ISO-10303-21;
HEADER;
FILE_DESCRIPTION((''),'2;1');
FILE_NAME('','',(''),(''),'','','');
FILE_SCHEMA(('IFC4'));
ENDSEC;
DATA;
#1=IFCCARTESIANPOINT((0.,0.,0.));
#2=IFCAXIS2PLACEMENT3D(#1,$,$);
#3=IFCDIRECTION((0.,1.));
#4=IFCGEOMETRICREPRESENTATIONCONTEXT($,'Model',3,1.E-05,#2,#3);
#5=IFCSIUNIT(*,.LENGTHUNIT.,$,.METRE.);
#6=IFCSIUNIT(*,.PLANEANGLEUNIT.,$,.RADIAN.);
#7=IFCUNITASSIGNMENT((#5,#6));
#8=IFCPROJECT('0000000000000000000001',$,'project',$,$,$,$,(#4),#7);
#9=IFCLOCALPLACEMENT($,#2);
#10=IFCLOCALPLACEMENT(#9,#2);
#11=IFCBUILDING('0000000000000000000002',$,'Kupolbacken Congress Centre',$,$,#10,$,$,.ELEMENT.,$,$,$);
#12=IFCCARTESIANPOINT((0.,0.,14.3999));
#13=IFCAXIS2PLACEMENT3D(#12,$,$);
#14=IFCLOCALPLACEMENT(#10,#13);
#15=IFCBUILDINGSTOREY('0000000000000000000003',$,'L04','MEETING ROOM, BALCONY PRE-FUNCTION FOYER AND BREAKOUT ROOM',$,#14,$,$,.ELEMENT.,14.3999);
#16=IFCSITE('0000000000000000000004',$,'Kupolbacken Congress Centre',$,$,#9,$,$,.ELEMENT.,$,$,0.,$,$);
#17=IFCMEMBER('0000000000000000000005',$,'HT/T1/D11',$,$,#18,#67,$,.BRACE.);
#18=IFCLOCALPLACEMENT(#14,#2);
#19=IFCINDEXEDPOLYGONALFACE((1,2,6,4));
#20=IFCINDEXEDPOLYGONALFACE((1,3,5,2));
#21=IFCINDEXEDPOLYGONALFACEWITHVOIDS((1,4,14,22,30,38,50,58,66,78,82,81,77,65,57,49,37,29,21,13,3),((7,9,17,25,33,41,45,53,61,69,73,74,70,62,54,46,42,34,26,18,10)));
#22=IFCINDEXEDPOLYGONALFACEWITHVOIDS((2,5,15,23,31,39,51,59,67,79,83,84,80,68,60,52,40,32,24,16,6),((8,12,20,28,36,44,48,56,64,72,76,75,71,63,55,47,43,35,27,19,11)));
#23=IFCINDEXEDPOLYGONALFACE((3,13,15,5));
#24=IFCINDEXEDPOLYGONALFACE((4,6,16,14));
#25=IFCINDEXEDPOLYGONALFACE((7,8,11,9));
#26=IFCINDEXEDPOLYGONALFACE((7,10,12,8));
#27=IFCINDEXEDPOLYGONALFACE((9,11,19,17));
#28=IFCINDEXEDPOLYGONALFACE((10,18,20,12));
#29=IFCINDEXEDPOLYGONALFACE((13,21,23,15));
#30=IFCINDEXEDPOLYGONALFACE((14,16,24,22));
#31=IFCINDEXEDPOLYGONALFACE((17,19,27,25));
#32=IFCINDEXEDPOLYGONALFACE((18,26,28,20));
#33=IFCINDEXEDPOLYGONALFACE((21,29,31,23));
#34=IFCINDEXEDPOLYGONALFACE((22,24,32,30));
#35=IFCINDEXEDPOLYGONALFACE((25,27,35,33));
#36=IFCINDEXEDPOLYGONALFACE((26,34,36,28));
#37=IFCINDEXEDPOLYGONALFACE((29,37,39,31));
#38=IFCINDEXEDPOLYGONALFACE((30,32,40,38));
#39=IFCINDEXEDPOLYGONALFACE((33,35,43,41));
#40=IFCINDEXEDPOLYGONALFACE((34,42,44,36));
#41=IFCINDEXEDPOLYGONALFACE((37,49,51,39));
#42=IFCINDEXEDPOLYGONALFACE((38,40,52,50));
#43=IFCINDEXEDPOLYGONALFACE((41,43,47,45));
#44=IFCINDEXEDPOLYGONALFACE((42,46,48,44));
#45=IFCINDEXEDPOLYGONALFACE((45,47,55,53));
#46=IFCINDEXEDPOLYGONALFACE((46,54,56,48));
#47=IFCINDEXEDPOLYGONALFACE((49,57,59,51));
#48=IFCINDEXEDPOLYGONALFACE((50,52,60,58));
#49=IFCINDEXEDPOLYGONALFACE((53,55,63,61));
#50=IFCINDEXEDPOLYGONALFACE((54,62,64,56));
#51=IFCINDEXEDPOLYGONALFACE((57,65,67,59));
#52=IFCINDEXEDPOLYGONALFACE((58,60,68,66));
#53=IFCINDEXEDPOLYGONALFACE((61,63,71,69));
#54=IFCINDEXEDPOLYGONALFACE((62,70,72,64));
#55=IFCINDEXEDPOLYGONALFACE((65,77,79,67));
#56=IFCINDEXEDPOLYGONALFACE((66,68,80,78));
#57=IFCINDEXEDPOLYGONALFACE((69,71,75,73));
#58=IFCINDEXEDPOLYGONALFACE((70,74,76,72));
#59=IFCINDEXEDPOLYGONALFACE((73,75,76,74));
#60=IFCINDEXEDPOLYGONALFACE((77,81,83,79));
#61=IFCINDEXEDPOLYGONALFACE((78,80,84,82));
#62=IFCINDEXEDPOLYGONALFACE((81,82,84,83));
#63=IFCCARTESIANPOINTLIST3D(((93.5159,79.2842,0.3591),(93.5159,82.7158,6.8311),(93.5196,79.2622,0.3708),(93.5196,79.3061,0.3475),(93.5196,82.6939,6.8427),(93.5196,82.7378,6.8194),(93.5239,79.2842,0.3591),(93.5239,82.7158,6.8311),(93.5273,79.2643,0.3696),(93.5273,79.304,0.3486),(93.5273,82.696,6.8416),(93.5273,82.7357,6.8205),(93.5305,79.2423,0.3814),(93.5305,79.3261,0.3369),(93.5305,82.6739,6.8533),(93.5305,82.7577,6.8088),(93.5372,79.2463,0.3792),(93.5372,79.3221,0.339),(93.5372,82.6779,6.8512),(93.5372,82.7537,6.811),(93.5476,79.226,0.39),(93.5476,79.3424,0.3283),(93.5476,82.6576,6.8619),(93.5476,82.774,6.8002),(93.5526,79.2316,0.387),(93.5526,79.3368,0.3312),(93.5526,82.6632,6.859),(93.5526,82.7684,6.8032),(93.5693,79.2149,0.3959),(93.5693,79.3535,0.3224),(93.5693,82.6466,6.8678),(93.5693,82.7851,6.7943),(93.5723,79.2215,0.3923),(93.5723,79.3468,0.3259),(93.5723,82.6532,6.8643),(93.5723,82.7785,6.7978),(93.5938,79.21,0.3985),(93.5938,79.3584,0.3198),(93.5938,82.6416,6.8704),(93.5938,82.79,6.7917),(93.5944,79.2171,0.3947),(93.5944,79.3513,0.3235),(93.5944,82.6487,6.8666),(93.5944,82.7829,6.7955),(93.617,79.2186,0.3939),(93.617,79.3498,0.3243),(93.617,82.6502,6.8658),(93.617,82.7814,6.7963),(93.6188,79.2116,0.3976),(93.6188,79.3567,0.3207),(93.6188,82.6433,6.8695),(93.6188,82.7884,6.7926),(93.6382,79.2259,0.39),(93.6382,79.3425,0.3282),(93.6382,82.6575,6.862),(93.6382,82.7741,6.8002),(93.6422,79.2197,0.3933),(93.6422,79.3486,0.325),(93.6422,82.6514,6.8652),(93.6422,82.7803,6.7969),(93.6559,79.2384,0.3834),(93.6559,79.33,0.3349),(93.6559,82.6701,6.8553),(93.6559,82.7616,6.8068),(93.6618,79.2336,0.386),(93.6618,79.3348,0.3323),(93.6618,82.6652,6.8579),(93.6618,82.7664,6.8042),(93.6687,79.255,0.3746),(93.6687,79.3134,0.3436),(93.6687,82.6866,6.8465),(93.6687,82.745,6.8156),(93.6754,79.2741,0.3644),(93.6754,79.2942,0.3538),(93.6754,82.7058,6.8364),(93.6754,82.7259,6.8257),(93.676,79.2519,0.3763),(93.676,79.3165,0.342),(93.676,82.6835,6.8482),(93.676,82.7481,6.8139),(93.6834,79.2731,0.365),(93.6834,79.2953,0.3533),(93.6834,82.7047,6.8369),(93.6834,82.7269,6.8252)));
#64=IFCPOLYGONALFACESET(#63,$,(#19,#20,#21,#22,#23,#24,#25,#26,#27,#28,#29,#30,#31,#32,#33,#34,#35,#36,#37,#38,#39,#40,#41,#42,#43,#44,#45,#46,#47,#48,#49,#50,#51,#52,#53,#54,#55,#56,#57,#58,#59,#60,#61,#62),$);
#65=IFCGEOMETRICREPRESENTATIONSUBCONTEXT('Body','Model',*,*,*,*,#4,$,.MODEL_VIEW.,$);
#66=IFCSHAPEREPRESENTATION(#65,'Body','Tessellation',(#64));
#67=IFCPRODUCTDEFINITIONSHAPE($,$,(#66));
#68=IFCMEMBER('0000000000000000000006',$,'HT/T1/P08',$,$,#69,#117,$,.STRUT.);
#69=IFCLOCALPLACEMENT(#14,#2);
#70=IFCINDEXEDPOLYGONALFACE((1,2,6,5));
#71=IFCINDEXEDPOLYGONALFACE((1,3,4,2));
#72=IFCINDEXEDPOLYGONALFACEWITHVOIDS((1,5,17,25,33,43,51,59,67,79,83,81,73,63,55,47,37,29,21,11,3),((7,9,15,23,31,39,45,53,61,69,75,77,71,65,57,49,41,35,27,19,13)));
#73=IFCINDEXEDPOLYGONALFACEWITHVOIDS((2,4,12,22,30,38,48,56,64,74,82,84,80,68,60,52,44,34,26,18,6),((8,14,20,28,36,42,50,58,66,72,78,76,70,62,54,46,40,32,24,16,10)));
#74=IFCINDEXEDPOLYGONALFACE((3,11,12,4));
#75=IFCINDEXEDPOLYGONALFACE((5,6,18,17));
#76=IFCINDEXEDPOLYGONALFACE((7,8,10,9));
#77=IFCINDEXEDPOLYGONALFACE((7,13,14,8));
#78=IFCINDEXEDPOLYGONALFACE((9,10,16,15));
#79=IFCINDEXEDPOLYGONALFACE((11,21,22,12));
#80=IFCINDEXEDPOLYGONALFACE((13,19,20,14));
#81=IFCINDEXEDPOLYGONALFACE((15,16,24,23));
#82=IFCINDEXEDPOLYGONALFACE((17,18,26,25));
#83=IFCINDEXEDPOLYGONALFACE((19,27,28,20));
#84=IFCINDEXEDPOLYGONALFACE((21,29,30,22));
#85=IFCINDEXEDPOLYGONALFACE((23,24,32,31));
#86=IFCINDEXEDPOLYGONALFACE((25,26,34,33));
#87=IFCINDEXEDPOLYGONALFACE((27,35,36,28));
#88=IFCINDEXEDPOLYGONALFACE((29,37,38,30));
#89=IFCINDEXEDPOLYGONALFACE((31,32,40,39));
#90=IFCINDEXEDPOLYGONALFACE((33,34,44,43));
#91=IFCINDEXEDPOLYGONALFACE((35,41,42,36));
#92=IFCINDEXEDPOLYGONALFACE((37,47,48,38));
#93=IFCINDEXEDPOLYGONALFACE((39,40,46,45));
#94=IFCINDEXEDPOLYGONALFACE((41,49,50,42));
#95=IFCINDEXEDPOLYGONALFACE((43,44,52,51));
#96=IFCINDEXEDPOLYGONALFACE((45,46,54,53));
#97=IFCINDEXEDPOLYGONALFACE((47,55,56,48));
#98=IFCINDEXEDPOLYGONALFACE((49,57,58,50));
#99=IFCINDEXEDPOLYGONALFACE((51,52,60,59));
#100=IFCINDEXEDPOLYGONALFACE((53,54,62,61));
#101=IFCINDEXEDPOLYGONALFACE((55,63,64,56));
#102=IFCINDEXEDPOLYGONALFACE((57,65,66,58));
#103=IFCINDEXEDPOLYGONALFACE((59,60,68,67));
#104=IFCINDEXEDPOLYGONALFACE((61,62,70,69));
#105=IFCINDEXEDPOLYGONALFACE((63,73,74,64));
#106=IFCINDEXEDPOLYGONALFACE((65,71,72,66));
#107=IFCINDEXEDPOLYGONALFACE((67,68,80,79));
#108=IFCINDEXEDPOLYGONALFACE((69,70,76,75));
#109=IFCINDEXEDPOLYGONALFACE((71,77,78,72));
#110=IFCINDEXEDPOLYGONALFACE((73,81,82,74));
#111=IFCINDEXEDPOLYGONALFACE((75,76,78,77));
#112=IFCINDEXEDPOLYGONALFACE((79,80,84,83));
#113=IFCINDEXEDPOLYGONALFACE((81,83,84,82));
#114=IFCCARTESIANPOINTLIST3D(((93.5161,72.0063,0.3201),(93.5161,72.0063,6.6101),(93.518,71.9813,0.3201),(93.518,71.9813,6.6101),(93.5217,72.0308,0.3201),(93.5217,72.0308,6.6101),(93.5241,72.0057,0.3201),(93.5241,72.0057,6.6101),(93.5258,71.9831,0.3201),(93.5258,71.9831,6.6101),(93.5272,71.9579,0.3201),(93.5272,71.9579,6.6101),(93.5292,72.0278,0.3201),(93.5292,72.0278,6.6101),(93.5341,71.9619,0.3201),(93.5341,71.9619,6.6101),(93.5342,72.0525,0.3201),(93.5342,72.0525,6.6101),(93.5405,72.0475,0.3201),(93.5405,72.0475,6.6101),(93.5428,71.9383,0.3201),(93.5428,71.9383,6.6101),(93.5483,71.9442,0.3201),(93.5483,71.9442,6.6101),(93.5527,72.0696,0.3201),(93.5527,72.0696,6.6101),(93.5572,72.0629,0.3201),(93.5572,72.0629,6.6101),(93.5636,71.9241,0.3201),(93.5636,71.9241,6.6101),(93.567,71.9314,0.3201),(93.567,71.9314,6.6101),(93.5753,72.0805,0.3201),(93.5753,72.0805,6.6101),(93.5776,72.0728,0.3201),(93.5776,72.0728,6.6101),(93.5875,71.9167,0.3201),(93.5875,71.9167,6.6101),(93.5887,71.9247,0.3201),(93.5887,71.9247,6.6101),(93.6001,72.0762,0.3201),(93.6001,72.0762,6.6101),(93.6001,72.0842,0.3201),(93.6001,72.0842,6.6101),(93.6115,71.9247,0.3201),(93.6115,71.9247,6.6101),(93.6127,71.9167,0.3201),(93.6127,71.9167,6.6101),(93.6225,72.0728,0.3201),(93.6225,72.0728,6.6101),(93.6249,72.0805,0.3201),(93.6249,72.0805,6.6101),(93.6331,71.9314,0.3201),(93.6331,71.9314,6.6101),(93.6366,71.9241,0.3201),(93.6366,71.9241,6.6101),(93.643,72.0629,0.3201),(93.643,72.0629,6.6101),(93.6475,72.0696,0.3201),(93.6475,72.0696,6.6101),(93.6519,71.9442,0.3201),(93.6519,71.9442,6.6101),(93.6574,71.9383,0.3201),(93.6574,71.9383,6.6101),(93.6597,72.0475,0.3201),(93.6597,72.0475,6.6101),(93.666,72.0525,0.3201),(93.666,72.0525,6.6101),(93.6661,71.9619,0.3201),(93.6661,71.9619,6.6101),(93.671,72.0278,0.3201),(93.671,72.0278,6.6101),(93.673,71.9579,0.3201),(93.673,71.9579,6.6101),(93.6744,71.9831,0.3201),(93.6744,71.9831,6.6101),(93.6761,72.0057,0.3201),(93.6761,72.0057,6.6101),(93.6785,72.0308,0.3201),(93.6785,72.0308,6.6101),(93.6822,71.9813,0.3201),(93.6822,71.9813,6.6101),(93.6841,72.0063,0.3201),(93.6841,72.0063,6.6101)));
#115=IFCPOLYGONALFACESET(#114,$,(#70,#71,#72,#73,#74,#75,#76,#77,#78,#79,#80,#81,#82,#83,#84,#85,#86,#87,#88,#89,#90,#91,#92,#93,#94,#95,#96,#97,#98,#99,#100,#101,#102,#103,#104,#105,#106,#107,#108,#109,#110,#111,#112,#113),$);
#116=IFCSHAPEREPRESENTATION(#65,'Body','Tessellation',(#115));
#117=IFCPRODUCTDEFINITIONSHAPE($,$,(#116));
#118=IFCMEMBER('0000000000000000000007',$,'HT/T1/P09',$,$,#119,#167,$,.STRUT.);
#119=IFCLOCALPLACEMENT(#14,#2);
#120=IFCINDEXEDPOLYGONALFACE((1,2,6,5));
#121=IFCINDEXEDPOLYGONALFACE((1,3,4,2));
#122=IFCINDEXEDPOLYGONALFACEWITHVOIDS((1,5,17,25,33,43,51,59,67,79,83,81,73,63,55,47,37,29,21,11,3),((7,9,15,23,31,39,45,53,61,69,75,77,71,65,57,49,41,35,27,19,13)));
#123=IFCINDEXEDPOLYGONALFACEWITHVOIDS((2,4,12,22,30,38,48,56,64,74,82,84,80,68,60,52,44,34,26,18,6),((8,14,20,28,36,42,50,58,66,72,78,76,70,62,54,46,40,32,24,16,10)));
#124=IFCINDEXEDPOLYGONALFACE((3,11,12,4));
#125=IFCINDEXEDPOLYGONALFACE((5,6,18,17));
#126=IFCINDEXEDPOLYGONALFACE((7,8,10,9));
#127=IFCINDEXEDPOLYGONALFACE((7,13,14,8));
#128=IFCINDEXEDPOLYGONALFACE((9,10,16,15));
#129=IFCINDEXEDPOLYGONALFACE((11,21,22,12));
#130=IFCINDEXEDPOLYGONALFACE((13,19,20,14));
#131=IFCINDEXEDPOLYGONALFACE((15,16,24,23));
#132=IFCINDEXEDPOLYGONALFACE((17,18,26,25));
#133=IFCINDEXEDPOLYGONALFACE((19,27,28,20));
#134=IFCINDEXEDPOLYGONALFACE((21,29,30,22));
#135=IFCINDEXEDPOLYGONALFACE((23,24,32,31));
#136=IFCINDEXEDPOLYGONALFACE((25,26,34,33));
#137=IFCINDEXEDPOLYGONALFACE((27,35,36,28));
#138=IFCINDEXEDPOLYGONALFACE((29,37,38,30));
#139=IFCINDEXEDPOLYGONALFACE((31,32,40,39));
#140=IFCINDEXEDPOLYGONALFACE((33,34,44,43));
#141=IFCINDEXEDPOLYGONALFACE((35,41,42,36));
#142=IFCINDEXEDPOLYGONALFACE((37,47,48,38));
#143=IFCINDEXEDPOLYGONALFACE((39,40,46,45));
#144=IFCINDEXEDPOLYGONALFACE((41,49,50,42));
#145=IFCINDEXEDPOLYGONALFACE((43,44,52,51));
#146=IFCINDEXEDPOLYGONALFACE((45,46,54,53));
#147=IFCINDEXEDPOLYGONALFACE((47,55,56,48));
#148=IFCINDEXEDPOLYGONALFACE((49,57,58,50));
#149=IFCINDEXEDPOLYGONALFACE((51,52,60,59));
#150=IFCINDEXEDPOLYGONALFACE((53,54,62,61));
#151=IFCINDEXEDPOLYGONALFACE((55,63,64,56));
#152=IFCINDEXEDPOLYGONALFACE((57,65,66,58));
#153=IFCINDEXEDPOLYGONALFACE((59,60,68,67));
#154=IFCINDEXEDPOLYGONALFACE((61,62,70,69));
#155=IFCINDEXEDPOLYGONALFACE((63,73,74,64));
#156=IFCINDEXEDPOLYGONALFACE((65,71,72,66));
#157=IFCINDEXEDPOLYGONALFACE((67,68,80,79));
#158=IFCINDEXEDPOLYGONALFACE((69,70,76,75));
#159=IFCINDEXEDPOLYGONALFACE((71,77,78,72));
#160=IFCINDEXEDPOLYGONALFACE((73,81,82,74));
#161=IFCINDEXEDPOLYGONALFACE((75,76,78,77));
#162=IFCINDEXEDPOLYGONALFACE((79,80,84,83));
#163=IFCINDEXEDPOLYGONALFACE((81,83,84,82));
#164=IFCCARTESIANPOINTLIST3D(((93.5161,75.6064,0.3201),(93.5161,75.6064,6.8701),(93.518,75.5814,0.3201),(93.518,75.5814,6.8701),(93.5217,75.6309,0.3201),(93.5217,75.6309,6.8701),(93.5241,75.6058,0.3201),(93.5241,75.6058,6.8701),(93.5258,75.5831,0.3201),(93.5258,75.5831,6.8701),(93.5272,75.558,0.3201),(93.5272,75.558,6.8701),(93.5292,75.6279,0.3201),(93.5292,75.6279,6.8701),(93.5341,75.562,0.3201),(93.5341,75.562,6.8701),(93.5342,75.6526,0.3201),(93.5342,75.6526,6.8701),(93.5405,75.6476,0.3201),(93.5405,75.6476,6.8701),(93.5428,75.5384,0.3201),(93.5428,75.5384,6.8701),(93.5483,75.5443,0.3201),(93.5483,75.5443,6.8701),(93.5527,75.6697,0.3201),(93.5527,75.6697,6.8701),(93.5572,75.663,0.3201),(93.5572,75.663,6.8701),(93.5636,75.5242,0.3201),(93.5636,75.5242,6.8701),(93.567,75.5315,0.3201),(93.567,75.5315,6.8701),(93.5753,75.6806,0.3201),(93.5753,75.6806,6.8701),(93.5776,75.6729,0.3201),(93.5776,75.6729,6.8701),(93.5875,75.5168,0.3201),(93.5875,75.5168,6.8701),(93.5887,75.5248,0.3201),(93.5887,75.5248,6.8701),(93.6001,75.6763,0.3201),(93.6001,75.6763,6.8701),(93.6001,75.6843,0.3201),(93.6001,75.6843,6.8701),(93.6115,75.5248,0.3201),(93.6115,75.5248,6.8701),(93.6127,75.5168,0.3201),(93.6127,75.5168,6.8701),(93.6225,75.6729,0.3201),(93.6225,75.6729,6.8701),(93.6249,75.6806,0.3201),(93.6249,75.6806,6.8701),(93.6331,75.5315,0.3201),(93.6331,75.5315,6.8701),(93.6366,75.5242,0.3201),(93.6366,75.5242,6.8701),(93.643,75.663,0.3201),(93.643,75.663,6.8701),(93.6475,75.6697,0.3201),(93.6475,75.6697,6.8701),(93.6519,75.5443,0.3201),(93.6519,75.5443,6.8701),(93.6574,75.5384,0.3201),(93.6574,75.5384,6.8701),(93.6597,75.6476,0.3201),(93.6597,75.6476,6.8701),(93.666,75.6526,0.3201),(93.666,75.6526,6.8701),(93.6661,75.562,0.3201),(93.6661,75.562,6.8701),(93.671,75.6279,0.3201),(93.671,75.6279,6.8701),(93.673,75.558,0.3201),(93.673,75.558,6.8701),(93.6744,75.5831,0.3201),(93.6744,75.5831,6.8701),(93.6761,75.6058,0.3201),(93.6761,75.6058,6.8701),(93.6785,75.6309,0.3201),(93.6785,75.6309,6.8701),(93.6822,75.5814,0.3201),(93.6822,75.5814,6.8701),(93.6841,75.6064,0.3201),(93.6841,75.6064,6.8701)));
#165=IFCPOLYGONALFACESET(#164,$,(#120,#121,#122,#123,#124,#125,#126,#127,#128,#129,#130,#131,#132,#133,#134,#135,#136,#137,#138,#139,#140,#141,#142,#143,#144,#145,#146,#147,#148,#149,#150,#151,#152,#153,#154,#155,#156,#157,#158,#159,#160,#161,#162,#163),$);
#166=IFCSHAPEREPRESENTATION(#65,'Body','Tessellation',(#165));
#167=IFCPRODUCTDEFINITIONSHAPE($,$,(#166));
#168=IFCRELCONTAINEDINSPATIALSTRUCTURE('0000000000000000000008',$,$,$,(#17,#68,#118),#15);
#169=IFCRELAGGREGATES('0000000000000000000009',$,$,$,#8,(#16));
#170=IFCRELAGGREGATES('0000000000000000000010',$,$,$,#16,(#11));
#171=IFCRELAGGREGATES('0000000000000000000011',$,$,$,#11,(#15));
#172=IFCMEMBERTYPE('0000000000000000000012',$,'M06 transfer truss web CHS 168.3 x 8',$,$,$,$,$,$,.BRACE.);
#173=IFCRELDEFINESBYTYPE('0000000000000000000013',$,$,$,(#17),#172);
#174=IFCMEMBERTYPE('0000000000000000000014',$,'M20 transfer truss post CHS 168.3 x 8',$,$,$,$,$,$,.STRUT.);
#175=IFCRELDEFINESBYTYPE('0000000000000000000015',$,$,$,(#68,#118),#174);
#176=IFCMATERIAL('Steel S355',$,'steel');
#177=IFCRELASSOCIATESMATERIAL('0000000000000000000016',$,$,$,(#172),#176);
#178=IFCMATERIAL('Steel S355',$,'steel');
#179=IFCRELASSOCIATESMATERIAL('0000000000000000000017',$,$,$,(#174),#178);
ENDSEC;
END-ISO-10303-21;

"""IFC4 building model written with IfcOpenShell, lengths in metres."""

from ifc_helpers import new_model, si_unit, direction, frame, origin, origin_2d, place, context, subcontext, project, spatial, hollow_circle, extrude, material, material_profile, profile_set, type_object, element, save


model = new_model("IFC4")

# Units and contexts
model_context = context("Model", 3, precision=1e-05, world=origin(), true_north=direction((0.0, 1.0)))
body_context = subcontext(model_context, "Body", "Model", "MODEL_VIEW")
ifc_project = project(units=[si_unit("LENGTHUNIT", "METRE"), si_unit("PLANEANGLEUNIT", "RADIAN")], contexts=[model_context])

# Site, building, storey
site_placement = place(None, origin())
site = spatial("IfcSite", under=ifc_project, at=site_placement, Name="Kupolbacken Congress Centre", CompositionType="ELEMENT", RefElevation=0.0)
building_placement = place(site_placement, origin())
building = spatial("IfcBuilding", under=site, at=building_placement, Name="Kupolbacken Congress Centre", CompositionType="ELEMENT")
storey_placement = place(building_placement, frame((0.0, 0.0, 14.3999)))
storey = spatial("IfcBuildingStorey", under=building, at=storey_placement, Name="L04", Description="MEETING ROOM, BALCONY PRE-FUNCTION FOYER AND BREAKOUT ROOM", CompositionType="ELEMENT", Elevation=14.3999)

# Members
ifc_material_1 = material(Name="Steel S355", Category="steel")
ifc_material_profile_1 = material_profile(ifc_material_1, hollow_circle(Radius=0.0842, WallThickness=0.0081, at=origin_2d()), Name="CHS 168.3 x 8")
ifc_profile_set_1 = profile_set([ifc_material_profile_1], Name="Steel S355")
member_type_1 = type_object("IfcMemberType", Name="M06 transfer truss web CHS 168.3 x 8", PredefinedType="BRACE", material=ifc_profile_set_1)
for number, where, z_axis, x_axis, name in (
    (1, (93.6001, 79.2842, 0.3591), (0.0, 0.468456, 0.883487), (-1.0, 0.0, 0.0), "HT/T1/D11"),
):
    element("IfcMember", number, at=place(storey_placement, frame(where, z_axis=z_axis, x_axis=x_axis)), inside=storey, type_object=member_type_1, Name=name, PredefinedType="BRACE", context=body_context, shape_type="SweptSolid", body=[
        extrude(hollow_circle(Radius=0.0842, WallThickness=0.0081, at=origin_2d()), origin(), (0.0, 0.0, 1.0), 7.3254),
    ])
ifc_material_2 = material(Name="Steel S355", Category="steel")
ifc_material_profile_2 = material_profile(ifc_material_2, hollow_circle(Radius=0.0842, WallThickness=0.0081, at=origin_2d()), Name="CHS 168.3 x 8")
ifc_profile_set_2 = profile_set([ifc_material_profile_2], Name="Steel S355")
member_type_2 = type_object("IfcMemberType", Name="M20 transfer truss post CHS 168.3 x 8", PredefinedType="STRUT", material=ifc_profile_set_2)
member_1_placement = place(storey_placement, frame((93.6001, 72.0, 0.3201), z_axis=(0.0, 0.0, 1.0), x_axis=(0.0, 1.0, 0.0)))
element("IfcMember", 2, at=member_1_placement, inside=storey, type_object=member_type_2, Name="HT/T1/P08", PredefinedType="STRUT", context=body_context, shape_type="SweptSolid", body=[
    extrude(hollow_circle(Radius=0.0842, WallThickness=0.0081, at=origin_2d()), origin(), (0.0, 0.0, 1.0), 6.29),
])
for number, where, z_axis, x_axis, name in (
    (3, (93.6001, 75.6001, 0.3201), (0.0, 0.0, 1.0), (0.0, 1.0, 0.0), "HT/T1/P09"),
):
    element("IfcMember", number, at=place(storey_placement, frame(where, z_axis=z_axis, x_axis=x_axis)), inside=storey, type_object=member_type_2, Name=name, PredefinedType="STRUT", context=body_context, shape_type="SweptSolid", body=[
        extrude(hollow_circle(Radius=0.0842, WallThickness=0.0081, at=origin_2d()), origin(), (0.0, 0.0, 1.0), 6.55),
    ])

save(model, "model.ifc")
